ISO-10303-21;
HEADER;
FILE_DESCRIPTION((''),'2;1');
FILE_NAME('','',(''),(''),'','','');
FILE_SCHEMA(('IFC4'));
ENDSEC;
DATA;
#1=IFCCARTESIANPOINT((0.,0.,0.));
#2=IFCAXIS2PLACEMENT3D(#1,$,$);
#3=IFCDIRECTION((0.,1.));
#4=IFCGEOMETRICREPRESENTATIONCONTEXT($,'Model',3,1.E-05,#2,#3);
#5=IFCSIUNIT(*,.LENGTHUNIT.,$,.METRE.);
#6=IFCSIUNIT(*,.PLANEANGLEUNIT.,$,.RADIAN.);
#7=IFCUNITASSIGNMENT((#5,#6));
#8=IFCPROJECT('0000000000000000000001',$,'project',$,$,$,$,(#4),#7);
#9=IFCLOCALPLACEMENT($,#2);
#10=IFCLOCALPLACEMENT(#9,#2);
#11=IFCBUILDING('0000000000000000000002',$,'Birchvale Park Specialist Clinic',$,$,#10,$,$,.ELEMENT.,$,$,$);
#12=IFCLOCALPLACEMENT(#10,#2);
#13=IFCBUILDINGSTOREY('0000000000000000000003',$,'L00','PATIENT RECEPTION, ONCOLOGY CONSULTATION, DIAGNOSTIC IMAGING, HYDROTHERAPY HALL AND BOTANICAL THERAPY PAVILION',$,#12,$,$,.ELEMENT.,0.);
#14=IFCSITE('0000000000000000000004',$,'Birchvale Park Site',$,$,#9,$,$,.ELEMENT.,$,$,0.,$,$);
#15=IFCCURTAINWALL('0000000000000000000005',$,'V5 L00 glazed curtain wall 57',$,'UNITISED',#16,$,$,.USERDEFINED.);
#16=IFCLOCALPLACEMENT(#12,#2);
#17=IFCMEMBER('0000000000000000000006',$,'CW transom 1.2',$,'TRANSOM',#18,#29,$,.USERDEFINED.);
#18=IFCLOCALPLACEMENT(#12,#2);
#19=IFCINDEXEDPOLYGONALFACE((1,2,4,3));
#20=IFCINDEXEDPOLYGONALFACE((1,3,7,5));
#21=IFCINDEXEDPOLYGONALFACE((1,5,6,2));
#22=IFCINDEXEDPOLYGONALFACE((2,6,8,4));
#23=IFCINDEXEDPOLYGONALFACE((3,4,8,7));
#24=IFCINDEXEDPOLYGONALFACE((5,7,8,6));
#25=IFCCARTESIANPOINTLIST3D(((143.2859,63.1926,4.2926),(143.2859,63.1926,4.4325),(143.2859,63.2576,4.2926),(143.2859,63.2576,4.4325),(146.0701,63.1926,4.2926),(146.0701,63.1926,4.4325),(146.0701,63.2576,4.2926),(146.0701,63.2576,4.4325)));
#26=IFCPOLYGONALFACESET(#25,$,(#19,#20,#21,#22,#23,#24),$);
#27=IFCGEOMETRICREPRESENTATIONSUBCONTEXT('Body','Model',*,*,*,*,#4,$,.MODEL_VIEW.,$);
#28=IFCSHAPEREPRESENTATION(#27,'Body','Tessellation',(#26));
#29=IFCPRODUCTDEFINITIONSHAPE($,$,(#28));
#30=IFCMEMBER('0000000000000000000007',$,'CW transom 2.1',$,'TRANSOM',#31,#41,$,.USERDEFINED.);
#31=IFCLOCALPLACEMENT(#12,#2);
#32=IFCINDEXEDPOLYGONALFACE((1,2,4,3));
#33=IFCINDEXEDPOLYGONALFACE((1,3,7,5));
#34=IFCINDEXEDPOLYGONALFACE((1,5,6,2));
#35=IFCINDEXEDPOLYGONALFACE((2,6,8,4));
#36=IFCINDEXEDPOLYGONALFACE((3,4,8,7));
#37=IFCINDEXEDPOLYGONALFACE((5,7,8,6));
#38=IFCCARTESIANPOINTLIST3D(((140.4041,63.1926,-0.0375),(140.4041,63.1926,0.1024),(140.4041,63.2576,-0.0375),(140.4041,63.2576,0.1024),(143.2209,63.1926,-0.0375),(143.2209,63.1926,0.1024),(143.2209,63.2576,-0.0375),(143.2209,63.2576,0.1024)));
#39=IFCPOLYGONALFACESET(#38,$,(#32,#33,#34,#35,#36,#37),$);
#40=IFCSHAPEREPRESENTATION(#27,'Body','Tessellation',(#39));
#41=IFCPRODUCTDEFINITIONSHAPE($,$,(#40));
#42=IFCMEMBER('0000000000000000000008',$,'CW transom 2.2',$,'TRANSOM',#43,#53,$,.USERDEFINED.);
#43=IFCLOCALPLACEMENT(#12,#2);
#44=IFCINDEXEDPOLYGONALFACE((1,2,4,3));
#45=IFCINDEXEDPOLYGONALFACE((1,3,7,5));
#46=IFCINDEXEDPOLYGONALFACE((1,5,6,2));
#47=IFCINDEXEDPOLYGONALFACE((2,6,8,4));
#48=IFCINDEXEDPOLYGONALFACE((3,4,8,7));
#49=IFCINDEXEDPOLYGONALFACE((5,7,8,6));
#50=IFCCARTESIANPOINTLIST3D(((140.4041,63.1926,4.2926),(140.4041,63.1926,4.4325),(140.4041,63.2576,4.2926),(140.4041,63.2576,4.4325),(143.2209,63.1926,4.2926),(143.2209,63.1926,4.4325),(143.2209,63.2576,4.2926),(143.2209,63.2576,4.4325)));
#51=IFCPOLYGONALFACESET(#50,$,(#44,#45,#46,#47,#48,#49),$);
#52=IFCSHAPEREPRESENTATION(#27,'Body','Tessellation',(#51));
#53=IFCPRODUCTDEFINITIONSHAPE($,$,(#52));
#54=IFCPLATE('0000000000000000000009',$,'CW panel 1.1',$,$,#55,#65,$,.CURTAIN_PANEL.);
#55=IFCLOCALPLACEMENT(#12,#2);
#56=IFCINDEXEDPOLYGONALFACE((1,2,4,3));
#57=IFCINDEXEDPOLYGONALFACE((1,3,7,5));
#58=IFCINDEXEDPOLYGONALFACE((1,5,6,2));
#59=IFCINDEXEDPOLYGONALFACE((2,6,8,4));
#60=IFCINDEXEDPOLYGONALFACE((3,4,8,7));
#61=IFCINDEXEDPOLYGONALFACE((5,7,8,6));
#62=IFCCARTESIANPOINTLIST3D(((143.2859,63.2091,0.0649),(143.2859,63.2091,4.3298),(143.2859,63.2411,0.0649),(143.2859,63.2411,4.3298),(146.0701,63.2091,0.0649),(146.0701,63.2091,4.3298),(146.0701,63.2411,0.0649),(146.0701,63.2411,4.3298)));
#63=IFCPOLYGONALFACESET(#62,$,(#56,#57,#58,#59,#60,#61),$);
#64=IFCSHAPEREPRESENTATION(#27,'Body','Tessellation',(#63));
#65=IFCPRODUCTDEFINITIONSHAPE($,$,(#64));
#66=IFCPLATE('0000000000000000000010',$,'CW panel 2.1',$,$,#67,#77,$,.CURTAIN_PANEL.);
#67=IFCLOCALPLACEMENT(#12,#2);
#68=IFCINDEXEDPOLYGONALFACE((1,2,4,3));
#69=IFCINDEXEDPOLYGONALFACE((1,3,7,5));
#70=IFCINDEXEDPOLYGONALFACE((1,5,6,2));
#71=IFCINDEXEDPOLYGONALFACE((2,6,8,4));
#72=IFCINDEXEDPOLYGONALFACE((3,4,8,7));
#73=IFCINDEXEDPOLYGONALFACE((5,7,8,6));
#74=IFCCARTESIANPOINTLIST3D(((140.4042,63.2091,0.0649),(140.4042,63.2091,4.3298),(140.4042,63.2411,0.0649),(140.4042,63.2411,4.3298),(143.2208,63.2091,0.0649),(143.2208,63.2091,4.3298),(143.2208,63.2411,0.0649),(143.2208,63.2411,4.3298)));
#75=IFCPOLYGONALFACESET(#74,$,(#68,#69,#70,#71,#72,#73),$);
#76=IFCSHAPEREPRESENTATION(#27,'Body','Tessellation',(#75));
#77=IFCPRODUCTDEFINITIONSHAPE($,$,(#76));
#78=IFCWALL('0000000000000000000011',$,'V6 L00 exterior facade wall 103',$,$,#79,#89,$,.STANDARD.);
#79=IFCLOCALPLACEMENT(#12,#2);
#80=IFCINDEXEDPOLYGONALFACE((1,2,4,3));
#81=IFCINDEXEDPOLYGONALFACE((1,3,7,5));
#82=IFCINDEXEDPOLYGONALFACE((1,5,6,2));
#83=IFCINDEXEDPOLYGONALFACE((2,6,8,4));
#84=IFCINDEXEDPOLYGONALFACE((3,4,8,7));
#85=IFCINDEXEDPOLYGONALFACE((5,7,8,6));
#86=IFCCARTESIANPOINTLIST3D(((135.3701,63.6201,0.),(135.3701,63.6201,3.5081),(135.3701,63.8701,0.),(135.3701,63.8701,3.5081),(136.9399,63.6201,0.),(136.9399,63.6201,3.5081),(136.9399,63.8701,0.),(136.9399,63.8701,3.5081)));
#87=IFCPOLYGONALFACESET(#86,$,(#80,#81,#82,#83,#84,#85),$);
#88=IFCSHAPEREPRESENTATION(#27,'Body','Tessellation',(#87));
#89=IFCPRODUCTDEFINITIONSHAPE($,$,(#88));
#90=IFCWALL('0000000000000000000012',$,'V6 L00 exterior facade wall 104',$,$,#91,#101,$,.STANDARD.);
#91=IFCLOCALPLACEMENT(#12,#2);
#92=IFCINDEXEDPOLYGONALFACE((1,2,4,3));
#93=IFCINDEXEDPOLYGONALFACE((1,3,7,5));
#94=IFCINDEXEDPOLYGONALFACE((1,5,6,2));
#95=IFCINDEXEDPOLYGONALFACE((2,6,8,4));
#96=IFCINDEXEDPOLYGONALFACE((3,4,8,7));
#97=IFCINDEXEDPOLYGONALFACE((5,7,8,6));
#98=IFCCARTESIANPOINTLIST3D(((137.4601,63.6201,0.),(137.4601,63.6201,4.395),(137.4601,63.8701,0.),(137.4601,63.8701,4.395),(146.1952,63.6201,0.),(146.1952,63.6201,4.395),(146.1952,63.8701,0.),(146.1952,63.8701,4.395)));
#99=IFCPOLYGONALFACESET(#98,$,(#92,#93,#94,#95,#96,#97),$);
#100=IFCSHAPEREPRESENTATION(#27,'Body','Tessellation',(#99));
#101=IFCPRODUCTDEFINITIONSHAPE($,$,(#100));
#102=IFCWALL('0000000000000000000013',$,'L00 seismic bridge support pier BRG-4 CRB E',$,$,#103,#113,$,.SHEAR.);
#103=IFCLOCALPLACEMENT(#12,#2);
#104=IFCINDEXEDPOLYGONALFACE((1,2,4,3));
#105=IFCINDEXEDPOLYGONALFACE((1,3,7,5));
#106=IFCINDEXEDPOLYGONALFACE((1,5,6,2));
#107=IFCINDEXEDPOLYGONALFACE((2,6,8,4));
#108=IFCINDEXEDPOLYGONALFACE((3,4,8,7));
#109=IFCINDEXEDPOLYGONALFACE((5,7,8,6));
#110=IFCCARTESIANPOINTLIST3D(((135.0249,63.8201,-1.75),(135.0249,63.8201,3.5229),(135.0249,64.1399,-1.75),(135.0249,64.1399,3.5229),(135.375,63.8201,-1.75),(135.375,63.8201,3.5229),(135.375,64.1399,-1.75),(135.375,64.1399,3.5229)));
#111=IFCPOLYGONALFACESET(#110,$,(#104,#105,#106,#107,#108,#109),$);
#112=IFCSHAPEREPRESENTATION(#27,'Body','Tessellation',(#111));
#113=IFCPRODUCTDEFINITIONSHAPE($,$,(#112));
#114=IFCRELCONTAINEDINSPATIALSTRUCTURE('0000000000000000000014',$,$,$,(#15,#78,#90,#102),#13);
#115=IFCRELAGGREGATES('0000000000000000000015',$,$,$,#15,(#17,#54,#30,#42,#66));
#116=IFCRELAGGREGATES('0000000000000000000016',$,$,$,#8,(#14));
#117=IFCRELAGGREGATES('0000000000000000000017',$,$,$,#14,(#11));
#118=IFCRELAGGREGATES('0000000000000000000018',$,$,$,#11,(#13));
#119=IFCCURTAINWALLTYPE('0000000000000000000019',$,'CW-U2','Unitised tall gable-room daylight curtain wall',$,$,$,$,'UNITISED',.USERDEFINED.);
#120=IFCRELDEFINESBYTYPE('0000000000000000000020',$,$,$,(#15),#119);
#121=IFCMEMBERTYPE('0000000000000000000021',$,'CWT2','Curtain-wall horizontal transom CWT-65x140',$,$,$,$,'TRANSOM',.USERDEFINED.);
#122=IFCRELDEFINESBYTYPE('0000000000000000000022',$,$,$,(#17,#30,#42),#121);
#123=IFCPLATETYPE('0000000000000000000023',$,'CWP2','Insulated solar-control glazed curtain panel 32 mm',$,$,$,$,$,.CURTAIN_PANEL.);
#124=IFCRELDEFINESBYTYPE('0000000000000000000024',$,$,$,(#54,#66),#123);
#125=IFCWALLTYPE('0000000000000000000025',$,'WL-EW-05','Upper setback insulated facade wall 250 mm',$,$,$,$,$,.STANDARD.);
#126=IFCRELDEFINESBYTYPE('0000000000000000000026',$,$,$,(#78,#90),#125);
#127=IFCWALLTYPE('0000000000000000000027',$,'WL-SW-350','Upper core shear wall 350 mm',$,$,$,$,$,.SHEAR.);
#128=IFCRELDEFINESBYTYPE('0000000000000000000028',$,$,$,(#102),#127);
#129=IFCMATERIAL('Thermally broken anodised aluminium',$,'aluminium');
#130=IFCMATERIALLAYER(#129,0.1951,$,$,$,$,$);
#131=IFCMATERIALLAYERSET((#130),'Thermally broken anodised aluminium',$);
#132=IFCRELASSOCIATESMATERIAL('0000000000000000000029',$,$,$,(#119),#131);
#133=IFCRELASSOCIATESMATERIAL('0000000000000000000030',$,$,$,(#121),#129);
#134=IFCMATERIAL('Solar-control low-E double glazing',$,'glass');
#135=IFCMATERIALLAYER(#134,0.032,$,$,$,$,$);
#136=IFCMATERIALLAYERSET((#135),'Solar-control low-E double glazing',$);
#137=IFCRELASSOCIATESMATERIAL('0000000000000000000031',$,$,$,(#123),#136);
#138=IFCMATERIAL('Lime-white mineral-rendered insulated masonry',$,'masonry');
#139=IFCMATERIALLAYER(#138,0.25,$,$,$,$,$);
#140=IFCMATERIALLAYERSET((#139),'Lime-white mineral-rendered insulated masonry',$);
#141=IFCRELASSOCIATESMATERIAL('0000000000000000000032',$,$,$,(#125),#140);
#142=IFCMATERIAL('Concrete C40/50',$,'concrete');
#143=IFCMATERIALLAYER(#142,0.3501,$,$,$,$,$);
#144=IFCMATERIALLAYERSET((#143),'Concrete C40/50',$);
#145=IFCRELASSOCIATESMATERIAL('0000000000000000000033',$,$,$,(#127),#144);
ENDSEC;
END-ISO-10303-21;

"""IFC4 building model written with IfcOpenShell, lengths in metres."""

from ifc_helpers import new_model, si_unit, direction, frame, frame_2d, origin, origin_2d, place, context, subcontext, project, spatial, rectangle, extrude, material, layer, layer_set, material_profile, profile_set, type_object, element, aggregate, save


model = new_model("IFC4")

# Units and contexts
model_context = context("Model", 3, precision=1e-05, world=origin(), true_north=direction((0.0, 1.0)))
body_context = subcontext(model_context, "Body", "Model", "MODEL_VIEW")
ifc_project = project(units=[si_unit("LENGTHUNIT", "METRE"), si_unit("PLANEANGLEUNIT", "RADIAN")], contexts=[model_context])

# Site, building, storey
site_placement = place(None, origin())
site = spatial("IfcSite", under=ifc_project, at=site_placement, Name="Birchvale Park Site", CompositionType="ELEMENT", RefElevation=0.0)
building_placement = place(site_placement, origin())
building = spatial("IfcBuilding", under=site, at=building_placement, Name="Birchvale Park Specialist Clinic", CompositionType="ELEMENT")
storey_placement = place(building_placement, origin())
storey = spatial("IfcBuildingStorey", under=building, at=storey_placement, Name="L00", Description="PATIENT RECEPTION, ONCOLOGY CONSULTATION, DIAGNOSTIC IMAGING, HYDROTHERAPY HALL AND BOTANICAL THERAPY PAVILION", CompositionType="ELEMENT", Elevation=0.0)

# Shared definitions
ifc_material_1 = material(Name="Concrete C40/50", Category="concrete")

# Curtain wall, members, plates
ifc_material_2 = material(Name="Thermally broken anodised aluminium", Category="aluminium")
ifc_layer_1 = layer(ifc_material_2, 0.1951)
ifc_layer_set_1 = layer_set([ifc_layer_1], Name="Thermally broken anodised aluminium")
curtain_wall_type = type_object("IfcCurtainWallType", Name="CW-U2", Description="Unitised tall gable-room daylight curtain wall", ElementType="UNITISED", PredefinedType="USERDEFINED", material=ifc_layer_set_1)
curtain_wall_placement = place(storey_placement, origin())
curtain_wall = element("IfcCurtainWall", 1, at=curtain_wall_placement, inside=storey, type_object=curtain_wall_type, Name="V5 L00 glazed curtain wall 57", ObjectType="UNITISED", PredefinedType="USERDEFINED")
ifc_material_profile_1 = material_profile(ifc_material_2, rectangle(XDim=0.0649, YDim=0.1399, at=origin_2d()), Name="CWT-65x140")
ifc_profile_set_1 = profile_set([ifc_material_profile_1], Name="Thermally broken anodised aluminium")
member_type_1 = type_object("IfcMemberType", Name="CWT2", Description="Curtain-wall horizontal transom CWT-65x140", ElementType="TRANSOM", PredefinedType="USERDEFINED", material=ifc_profile_set_1)
member_1_placement = place(storey_placement, frame((146.0701, 63.2251, 4.3625), z_axis=(-1.0, 0.0, 0.0), x_axis=(0.0, -1.0, 0.0)))
member_1 = element("IfcMember", 2, at=member_1_placement, type_object=member_type_1, Name="CW transom 1.2", ObjectType="TRANSOM", PredefinedType="USERDEFINED", context=body_context, shape_type="SweptSolid", body=[
    extrude(rectangle(XDim=0.0649, YDim=0.1399, at=origin_2d()), origin(), (0.0, 0.0, 1.0), 2.7842),
])
member_2_placement = place(storey_placement, frame((143.2209, 63.2251, 0.0325), z_axis=(-1.0, 0.0, 0.0), x_axis=(0.0, -1.0, 0.0)))
member_2 = element("IfcMember", 3, at=member_2_placement, type_object=member_type_1, Name="CW transom 2.1", ObjectType="TRANSOM", PredefinedType="USERDEFINED", context=body_context, shape_type="SweptSolid", body=[
    extrude(rectangle(XDim=0.0649, YDim=0.1399, at=origin_2d()), origin(), (0.0, 0.0, 1.0), 2.8169),
])
member_3_placement = place(storey_placement, frame((143.2209, 63.2251, 4.3625), z_axis=(-1.0, 0.0, 0.0), x_axis=(0.0, -1.0, 0.0)))
member_3 = element("IfcMember", 4, at=member_3_placement, type_object=member_type_1, Name="CW transom 2.2", ObjectType="TRANSOM", PredefinedType="USERDEFINED", context=body_context, shape_type="SweptSolid", body=[
    extrude(rectangle(XDim=0.0649, YDim=0.1399, at=origin_2d()), origin(), (0.0, 0.0, 1.0), 2.8169),
])
ifc_material_3 = material(Name="Solar-control low-E double glazing", Category="glass")
ifc_layer_2 = layer(ifc_material_3, 0.032)
ifc_layer_set_2 = layer_set([ifc_layer_2], Name="Solar-control low-E double glazing")
plate_type = type_object("IfcPlateType", Name="CWP2", Description="Insulated solar-control glazed curtain panel 32 mm", PredefinedType="CURTAIN_PANEL", material=ifc_layer_set_2)
plate_1_placement = place(storey_placement, frame((144.678, 63.2251, 0.0649), z_axis=(0.0, 0.0, 1.0), x_axis=(-1.0, 0.0, 0.0)))
plate_1 = element("IfcPlate", 5, at=plate_1_placement, type_object=plate_type, Name="CW panel 1.1", PredefinedType="CURTAIN_PANEL", context=body_context, shape_type="SweptSolid", body=[
    extrude(rectangle(XDim=2.7842, YDim=0.032, at=origin_2d()), origin(), (0.0, 0.0, 1.0), 4.2649),
])
plate_2_placement = place(storey_placement, frame((141.8125, 63.2251, 0.0649), z_axis=(0.0, 0.0, 1.0), x_axis=(-1.0, 0.0, 0.0)))
plate_2 = element("IfcPlate", 6, at=plate_2_placement, type_object=plate_type, Name="CW panel 2.1", PredefinedType="CURTAIN_PANEL", context=body_context, shape_type="SweptSolid", body=[
    extrude(rectangle(XDim=2.8167, YDim=0.032, at=origin_2d()), origin(), (0.0, 0.0, 1.0), 4.2649),
])
aggregate(curtain_wall, [member_1, plate_1, member_2, member_3, plate_2])

# Walls
ifc_material_4 = material(Name="Lime-white mineral-rendered insulated masonry", Category="masonry")
ifc_layer_3 = layer(ifc_material_4, 0.25)
ifc_layer_set_3 = layer_set([ifc_layer_3], Name="Lime-white mineral-rendered insulated masonry")
wall_type_1 = type_object("IfcWallType", Name="WL-EW-05", Description="Upper setback insulated facade wall 250 mm", PredefinedType="STANDARD", material=ifc_layer_set_3)
wall_1_placement = place(storey_placement, frame((135.3701, 63.7451, 0.0), z_axis=(0.0, 0.0, 1.0), x_axis=(1.0, 0.0, 0.0)))
element("IfcWall", 7, at=wall_1_placement, inside=storey, type_object=wall_type_1, Name="V6 L00 exterior facade wall 103", PredefinedType="STANDARD", context=body_context, shape_type="SweptSolid", body=[
    extrude(rectangle(XDim=1.5698, YDim=0.25, at=frame_2d((0.7849, 0.0))), origin(), (0.0, 0.0, 1.0), 3.5081),
])
wall_2_placement = place(storey_placement, frame((137.46, 63.7451, 0.0), z_axis=(0.0, 0.0, 1.0), x_axis=(1.0, 0.0, 0.0)))
element("IfcWall", 8, at=wall_2_placement, inside=storey, type_object=wall_type_1, Name="V6 L00 exterior facade wall 104", PredefinedType="STANDARD", context=body_context, shape_type="SweptSolid", body=[
    extrude(rectangle(XDim=8.7351, YDim=0.25, at=frame_2d((4.3677, 0.0))), origin(), (0.0, 0.0, 1.0), 4.395),
])
ifc_layer_4 = layer(ifc_material_1, 0.3501)
ifc_layer_set_4 = layer_set([ifc_layer_4], Name="Concrete C40/50")
wall_type_2 = type_object("IfcWallType", Name="WL-SW-350", Description="Upper core shear wall 350 mm", PredefinedType="SHEAR", material=ifc_layer_set_4)
wall_3_placement = place(storey_placement, frame((135.2, 63.8201, -1.75), z_axis=(0.0, 0.0, 1.0), x_axis=(0.0, 1.0, 0.0)))
element("IfcWall", 9, at=wall_3_placement, inside=storey, type_object=wall_type_2, Name="L00 seismic bridge support pier BRG-4 CRB E", PredefinedType="SHEAR", context=body_context, shape_type="SweptSolid", body=[
    extrude(rectangle(XDim=0.3198, YDim=0.3501, at=frame_2d((0.1599, 0.0))), origin(), (0.0, 0.0, 1.0), 5.2729),
])

save(model, "model.ifc")
